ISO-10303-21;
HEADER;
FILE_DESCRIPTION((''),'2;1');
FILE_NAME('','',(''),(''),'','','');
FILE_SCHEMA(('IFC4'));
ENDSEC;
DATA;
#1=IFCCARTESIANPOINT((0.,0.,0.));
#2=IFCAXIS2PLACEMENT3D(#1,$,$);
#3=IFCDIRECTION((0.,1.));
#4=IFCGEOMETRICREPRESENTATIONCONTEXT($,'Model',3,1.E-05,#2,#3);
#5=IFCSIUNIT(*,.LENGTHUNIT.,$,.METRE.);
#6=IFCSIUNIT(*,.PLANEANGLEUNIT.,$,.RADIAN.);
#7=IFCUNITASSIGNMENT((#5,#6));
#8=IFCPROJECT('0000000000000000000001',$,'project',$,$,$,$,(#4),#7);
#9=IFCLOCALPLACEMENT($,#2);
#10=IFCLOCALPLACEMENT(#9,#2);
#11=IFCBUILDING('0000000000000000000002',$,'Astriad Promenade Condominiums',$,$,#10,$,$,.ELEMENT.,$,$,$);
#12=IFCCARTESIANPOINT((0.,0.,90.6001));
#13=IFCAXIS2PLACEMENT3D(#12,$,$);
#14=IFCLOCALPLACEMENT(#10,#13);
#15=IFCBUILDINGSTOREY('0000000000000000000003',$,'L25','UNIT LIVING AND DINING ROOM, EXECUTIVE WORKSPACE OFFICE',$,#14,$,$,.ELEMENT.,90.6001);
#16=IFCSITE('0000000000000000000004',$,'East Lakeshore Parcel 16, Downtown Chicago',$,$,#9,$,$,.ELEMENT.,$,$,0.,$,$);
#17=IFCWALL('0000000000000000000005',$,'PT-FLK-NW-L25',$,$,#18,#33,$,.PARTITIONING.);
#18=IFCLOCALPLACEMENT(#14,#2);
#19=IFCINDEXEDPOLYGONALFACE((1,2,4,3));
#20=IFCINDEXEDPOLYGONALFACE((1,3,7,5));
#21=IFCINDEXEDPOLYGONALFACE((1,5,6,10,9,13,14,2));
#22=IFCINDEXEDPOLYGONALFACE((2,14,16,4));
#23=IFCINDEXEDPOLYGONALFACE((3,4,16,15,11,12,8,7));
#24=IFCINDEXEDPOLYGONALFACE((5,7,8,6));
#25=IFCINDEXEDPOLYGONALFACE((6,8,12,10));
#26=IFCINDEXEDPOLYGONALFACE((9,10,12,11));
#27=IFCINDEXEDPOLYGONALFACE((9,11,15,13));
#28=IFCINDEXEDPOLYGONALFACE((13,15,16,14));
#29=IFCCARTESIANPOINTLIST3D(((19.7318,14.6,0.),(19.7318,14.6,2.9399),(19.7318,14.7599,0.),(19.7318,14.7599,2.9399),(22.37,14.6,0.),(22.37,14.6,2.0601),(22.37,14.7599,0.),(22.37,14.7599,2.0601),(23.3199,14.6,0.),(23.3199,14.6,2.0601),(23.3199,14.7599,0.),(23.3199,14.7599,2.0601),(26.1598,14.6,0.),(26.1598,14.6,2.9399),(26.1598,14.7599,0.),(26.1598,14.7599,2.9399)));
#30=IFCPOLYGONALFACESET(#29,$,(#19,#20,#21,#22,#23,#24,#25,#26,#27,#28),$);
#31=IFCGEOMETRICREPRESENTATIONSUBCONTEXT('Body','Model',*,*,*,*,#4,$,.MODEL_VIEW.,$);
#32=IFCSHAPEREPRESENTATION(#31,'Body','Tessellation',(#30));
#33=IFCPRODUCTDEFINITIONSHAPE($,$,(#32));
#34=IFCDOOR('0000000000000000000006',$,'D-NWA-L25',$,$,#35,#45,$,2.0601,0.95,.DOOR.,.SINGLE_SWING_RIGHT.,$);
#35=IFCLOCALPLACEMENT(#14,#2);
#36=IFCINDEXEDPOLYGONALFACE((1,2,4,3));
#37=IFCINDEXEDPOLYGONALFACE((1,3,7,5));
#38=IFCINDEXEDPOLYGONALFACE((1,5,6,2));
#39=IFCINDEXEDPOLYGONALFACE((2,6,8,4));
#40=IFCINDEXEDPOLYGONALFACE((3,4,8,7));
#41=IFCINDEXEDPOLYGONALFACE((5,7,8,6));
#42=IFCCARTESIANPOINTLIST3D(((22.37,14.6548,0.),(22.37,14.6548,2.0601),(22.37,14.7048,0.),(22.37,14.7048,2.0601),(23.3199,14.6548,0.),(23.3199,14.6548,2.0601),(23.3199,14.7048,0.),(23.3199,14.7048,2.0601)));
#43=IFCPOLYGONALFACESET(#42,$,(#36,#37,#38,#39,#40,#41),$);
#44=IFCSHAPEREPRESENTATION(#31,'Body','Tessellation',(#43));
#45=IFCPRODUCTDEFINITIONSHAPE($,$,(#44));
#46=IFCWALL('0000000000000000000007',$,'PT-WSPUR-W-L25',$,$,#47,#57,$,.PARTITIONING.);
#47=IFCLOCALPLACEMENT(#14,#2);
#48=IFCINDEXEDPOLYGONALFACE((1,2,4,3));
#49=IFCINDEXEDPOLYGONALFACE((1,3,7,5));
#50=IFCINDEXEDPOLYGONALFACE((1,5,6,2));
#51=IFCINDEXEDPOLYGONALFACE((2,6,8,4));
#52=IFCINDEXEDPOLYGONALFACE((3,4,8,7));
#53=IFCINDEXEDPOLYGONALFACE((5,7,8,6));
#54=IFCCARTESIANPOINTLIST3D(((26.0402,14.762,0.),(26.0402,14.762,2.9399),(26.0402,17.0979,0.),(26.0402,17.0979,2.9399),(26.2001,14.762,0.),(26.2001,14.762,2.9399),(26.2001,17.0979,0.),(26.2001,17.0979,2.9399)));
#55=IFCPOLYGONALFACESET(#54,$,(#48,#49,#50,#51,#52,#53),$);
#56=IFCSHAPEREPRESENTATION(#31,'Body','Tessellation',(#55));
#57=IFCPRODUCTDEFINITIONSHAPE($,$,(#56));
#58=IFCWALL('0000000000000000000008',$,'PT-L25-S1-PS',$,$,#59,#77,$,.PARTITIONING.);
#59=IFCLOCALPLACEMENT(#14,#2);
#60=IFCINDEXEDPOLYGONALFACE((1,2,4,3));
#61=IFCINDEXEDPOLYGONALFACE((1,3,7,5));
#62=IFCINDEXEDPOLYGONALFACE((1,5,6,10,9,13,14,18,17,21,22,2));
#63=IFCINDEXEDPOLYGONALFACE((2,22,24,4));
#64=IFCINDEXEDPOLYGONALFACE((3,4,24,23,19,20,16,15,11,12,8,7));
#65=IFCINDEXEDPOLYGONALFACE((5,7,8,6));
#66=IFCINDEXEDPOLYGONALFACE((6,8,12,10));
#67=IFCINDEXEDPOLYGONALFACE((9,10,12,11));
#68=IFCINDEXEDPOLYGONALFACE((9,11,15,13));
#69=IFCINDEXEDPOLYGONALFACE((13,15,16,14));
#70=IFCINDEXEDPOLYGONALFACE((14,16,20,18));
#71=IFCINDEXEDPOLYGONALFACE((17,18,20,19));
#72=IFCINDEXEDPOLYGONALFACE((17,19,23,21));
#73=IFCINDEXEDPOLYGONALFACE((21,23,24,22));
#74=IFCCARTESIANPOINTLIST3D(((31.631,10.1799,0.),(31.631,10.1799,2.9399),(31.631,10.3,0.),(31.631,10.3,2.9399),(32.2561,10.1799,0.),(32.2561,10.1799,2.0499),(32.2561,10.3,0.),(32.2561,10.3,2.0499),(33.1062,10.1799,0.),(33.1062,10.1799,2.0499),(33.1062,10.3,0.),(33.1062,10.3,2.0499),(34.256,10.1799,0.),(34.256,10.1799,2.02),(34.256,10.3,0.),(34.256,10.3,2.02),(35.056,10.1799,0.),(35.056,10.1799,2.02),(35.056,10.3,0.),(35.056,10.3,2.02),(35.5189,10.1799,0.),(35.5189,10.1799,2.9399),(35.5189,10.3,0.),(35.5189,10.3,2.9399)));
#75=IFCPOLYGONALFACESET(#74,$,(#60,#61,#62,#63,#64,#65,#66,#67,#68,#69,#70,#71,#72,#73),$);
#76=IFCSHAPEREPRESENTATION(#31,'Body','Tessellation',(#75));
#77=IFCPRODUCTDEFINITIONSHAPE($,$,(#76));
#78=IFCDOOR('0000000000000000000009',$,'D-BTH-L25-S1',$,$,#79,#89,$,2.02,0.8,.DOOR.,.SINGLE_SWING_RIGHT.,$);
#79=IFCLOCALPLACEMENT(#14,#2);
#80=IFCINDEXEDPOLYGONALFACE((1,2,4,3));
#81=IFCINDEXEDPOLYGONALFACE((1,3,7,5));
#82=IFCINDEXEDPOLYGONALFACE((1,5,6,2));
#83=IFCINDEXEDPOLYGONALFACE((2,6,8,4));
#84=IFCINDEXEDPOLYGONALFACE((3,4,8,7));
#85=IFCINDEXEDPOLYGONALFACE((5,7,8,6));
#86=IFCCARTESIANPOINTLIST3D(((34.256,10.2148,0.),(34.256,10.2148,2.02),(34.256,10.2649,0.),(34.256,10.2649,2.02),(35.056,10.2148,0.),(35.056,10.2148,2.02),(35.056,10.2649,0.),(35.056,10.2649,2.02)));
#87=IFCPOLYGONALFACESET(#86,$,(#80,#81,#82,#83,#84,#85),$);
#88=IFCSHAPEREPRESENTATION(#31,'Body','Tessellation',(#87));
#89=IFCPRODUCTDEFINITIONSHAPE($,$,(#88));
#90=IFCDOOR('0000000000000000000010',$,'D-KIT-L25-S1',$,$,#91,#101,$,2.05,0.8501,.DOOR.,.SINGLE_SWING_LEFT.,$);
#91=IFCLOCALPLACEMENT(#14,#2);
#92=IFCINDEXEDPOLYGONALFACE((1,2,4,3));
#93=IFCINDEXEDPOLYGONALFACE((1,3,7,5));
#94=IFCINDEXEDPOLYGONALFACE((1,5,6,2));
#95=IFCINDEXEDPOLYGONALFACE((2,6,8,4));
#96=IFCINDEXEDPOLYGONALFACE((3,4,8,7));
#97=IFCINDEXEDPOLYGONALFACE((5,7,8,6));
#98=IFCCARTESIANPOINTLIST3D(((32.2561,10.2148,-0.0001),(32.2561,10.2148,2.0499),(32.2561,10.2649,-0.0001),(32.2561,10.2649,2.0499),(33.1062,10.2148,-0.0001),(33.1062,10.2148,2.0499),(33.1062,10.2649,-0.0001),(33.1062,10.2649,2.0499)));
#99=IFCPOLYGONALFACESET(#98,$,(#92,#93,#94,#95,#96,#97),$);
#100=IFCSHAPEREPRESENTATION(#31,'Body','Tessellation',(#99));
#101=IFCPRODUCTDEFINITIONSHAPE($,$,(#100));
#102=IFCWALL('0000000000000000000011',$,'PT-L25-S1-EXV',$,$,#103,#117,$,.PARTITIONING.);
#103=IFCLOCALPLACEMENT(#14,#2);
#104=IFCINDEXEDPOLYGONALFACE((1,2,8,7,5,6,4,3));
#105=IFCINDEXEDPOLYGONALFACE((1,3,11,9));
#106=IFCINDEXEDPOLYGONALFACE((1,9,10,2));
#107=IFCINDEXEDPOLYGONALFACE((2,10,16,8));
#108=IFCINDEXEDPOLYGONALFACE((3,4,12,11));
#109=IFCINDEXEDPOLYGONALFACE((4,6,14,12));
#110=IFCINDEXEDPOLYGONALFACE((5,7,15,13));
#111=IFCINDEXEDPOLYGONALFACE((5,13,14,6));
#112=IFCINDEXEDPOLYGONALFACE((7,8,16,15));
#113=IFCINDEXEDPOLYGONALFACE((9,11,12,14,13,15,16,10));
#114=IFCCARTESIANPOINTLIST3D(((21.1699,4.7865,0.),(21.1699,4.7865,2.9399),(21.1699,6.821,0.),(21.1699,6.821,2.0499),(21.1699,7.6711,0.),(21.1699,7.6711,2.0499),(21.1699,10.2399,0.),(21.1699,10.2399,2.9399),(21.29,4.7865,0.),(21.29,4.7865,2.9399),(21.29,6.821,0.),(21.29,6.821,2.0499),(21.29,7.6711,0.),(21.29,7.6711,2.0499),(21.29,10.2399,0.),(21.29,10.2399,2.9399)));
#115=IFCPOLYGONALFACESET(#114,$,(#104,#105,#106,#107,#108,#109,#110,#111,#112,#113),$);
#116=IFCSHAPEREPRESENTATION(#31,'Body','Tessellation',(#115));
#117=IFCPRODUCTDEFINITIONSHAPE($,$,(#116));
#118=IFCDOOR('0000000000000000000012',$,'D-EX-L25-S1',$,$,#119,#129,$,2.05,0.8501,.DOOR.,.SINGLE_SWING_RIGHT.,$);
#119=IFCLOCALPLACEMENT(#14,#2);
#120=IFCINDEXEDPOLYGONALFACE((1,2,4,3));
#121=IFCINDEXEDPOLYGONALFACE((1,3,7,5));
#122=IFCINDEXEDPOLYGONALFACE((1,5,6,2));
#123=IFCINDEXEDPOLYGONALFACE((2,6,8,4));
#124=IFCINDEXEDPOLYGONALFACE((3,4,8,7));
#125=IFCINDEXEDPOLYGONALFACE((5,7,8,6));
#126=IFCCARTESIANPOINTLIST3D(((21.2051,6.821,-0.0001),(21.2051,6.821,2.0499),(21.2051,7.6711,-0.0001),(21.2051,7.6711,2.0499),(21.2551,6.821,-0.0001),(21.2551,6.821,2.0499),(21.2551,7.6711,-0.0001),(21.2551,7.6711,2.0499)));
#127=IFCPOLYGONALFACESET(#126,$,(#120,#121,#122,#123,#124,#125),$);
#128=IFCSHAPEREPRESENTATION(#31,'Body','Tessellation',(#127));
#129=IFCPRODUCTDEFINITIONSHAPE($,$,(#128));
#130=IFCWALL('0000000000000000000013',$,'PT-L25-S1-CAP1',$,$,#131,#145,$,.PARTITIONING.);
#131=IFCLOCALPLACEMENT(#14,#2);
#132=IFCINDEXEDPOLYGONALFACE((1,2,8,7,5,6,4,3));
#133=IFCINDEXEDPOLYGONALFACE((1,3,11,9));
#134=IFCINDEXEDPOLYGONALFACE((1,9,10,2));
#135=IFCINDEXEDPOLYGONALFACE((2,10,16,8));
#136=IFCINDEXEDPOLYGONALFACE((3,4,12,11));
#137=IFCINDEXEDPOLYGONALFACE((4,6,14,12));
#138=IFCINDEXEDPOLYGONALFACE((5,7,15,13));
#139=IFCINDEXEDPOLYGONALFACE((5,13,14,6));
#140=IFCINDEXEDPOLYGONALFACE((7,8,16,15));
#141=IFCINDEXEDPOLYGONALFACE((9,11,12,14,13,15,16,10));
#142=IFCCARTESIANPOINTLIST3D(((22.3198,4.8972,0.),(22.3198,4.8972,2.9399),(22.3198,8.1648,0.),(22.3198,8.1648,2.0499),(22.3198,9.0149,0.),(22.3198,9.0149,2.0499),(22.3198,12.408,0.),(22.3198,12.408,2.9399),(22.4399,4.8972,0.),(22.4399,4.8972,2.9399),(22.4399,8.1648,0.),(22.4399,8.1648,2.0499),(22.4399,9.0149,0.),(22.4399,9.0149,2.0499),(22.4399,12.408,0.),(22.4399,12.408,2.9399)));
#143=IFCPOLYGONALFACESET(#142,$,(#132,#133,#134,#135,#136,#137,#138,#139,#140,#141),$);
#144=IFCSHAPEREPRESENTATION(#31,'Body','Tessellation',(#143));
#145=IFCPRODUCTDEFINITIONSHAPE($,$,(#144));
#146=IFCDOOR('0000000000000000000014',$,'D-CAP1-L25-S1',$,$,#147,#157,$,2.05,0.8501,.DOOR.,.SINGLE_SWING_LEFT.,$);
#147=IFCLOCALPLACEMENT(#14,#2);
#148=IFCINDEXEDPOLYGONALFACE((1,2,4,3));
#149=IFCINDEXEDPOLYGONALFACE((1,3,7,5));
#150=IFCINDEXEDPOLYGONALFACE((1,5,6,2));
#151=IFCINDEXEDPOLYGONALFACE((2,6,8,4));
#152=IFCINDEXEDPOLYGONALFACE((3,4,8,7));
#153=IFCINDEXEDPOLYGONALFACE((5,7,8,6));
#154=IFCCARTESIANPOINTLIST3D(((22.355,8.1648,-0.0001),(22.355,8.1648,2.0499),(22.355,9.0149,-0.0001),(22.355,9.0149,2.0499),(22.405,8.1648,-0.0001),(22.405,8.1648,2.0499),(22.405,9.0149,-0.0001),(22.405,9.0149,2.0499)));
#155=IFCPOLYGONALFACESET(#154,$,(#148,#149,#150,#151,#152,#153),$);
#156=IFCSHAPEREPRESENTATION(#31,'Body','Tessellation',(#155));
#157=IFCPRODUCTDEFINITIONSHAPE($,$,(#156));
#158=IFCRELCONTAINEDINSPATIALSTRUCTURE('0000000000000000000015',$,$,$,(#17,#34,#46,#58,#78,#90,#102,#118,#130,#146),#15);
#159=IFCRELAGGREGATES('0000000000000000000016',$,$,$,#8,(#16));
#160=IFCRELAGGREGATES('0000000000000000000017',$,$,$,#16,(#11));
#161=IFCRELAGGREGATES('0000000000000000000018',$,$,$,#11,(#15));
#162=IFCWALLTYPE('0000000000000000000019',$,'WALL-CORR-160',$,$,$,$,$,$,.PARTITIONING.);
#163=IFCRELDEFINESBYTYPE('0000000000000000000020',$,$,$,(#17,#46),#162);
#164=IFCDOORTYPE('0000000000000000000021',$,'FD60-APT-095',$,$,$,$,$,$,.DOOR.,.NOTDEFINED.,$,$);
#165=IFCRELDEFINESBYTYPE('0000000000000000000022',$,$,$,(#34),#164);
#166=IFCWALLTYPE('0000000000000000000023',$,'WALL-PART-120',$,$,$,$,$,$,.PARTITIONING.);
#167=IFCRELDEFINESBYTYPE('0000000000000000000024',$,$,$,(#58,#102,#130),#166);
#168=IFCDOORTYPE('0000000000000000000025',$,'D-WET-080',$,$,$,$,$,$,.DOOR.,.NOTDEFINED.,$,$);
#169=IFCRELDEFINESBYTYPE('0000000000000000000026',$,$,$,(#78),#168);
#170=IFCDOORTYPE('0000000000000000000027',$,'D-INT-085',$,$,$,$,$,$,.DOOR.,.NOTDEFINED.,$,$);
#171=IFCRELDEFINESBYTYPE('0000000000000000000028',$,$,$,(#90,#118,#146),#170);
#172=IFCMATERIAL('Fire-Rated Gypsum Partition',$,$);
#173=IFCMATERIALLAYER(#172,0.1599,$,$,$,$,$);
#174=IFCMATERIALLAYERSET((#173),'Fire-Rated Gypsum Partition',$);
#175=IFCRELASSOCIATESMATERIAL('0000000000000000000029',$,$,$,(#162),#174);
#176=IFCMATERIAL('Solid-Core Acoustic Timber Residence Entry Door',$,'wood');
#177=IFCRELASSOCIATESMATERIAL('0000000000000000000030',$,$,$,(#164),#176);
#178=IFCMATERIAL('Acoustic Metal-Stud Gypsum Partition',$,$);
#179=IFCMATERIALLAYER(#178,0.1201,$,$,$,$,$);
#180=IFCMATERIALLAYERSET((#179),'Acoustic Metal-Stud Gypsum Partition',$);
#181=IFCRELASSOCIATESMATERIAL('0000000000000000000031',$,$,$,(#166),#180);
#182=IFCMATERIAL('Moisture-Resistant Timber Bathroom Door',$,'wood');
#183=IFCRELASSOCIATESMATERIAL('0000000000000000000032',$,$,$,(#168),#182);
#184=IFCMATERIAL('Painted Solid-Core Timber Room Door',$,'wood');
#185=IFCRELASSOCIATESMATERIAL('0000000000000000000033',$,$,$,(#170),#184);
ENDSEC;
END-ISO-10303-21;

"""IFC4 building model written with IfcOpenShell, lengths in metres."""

from ifc_helpers import new_model, si_unit, direction, frame, frame_2d, origin, place, context, subcontext, project, spatial, rectangle, extrude, source, transform, mapped, material, layer, layer_set, type_object, type_shapes, element, fill, save


model = new_model("IFC4")

# Units and contexts
model_context = context("Model", 3, precision=1e-05, world=origin(), true_north=direction((0.0, 1.0)))
body_context = subcontext(model_context, "Body", "Model", "MODEL_VIEW")
ifc_project = project(units=[si_unit("LENGTHUNIT", "METRE"), si_unit("PLANEANGLEUNIT", "RADIAN")], contexts=[model_context])

# Site, building, storey
site_placement = place(None, origin())
site = spatial("IfcSite", under=ifc_project, at=site_placement, Name="East Lakeshore Parcel 16, Downtown Chicago", CompositionType="ELEMENT", RefElevation=0.0)
building_placement = place(site_placement, origin())
building = spatial("IfcBuilding", under=site, at=building_placement, Name="Astriad Promenade Condominiums", CompositionType="ELEMENT")
storey_placement = place(building_placement, frame((0.0, 0.0, 90.6001)))
storey = spatial("IfcBuildingStorey", under=building, at=storey_placement, Name="L25", Description="UNIT LIVING AND DINING ROOM, EXECUTIVE WORKSPACE OFFICE", CompositionType="ELEMENT", Elevation=90.6001)

# Wall, opening, door
ifc_material_1 = material(Name="Fire-Rated Gypsum Partition")
ifc_layer_1 = layer(ifc_material_1, 0.1599)
ifc_layer_set_1 = layer_set([ifc_layer_1], Name="Fire-Rated Gypsum Partition")
wall_type_1 = type_object("IfcWallType", Name="WALL-CORR-160", PredefinedType="PARTITIONING", material=ifc_layer_set_1)
wall_1_placement = place(storey_placement, frame((19.7319, 14.6799, 0.0), z_axis=(0.0, 0.0, 1.0), x_axis=(1.0, 0.0, 0.0)))
wall_1 = element("IfcWall", 1, at=wall_1_placement, inside=storey, type_object=wall_type_1, Name="PT-FLK-NW-L25", PredefinedType="PARTITIONING", context=body_context, shape_type="SweptSolid", body=[
    extrude(rectangle(XDim=6.428, YDim=0.1599, at=frame_2d((3.2139, 0.0))), origin(), (0.0, 0.0, 1.0), 2.9399),
])
opening_1_placement = place(wall_1_placement, frame((2.6379, 0.0, 0.0)))
opening_1 = element("IfcOpeningElement", 2, at=opening_1_placement, cuts=wall_1, PredefinedType="OPENING", context=body_context, shape_type="SweptSolid", body=[
    extrude(rectangle(XDim=0.95, YDim=2.0601, at=frame_2d((0.4751, 1.03))), frame((0.0, 0.0898, 0.0), z_axis=(0.0, -1.0, 0.0), x_axis=(1.0, 0.0, 0.0)), (0.0, 0.0, 1.0), 0.1799),
])
ifc_material_2 = material(Name="Solid-Core Acoustic Timber Residence Entry Door", Category="wood")
door_type_1 = type_object("IfcDoorType", Name="FD60-APT-095", OperationType="NOTDEFINED", PredefinedType="DOOR", material=ifc_material_2)
shared_shape_1 = source(origin(), body_context, "Body", "SweptSolid", [
    extrude(rectangle(XDim=0.95, YDim=2.0601, at=frame_2d((0.4751, 1.03))), frame((0.0, 0.0249, 0.0), z_axis=(0.0, -1.0, 0.0), x_axis=(1.0, 0.0, 0.0)), (0.0, 0.0, 1.0), 0.05),
])
type_shapes(door_type_1, [shared_shape_1])
door_1_placement = place(opening_1_placement, origin())
door_1 = element("IfcDoor", 3, at=door_1_placement, inside=storey, type_object=door_type_1, Name="D-NWA-L25", OperationType="SINGLE_SWING_RIGHT", OverallHeight=2.0601, OverallWidth=0.95, PredefinedType="DOOR", context=body_context, shape_type="MappedRepresentation", body=[
    mapped(shared_shape_1, transform((0.0, 0.0, 0.0), scale=1.0)),
])
fill(opening_1, door_1)

# Wall
wall_2_placement = place(storey_placement, frame((26.1201, 14.762, 0.0), z_axis=(0.0, 0.0, 1.0), x_axis=(0.0, 1.0, 0.0)))
element("IfcWall", 4, at=wall_2_placement, inside=storey, type_object=wall_type_1, Name="PT-WSPUR-W-L25", PredefinedType="PARTITIONING", context=body_context, shape_type="SweptSolid", body=[
    extrude(rectangle(XDim=2.3359, YDim=0.1599, at=frame_2d((1.168, 0.0))), origin(), (0.0, 0.0, 1.0), 2.9399),
])

# Wall, openings, doors
ifc_material_3 = material(Name="Acoustic Metal-Stud Gypsum Partition")
ifc_layer_2 = layer(ifc_material_3, 0.1201)
ifc_layer_set_2 = layer_set([ifc_layer_2], Name="Acoustic Metal-Stud Gypsum Partition")
wall_type_2 = type_object("IfcWallType", Name="WALL-PART-120", PredefinedType="PARTITIONING", material=ifc_layer_set_2)
wall_3_placement = place(storey_placement, frame((31.6311, 10.24, 0.0), z_axis=(0.0, 0.0, 1.0), x_axis=(1.0, 0.0, 0.0)))
wall_3 = element("IfcWall", 5, at=wall_3_placement, inside=storey, type_object=wall_type_2, Name="PT-L25-S1-PS", PredefinedType="PARTITIONING", context=body_context, shape_type="SweptSolid", body=[
    extrude(rectangle(XDim=3.8879, YDim=0.1201, at=frame_2d((1.9438, 0.0))), origin(), (0.0, 0.0, 1.0), 2.9399),
])
opening_2_placement = place(wall_3_placement, frame((0.625, 0.0, 0.0)))
opening_2 = element("IfcOpeningElement", 6, at=opening_2_placement, cuts=wall_3, PredefinedType="OPENING", context=body_context, shape_type="SweptSolid", body=[
    extrude(rectangle(XDim=0.8501, YDim=2.05, at=frame_2d((0.425, 1.0249))), frame((0.0, 0.0701, 0.0), z_axis=(0.0, -1.0, 0.0), x_axis=(1.0, 0.0, 0.0)), (0.0, 0.0, 1.0), 0.1401),
])
opening_3_placement = place(wall_3_placement, frame((2.625, 0.0, 0.0)))
opening_3 = element("IfcOpeningElement", 7, at=opening_3_placement, cuts=wall_3, PredefinedType="OPENING", context=body_context, shape_type="SweptSolid", body=[
    extrude(rectangle(XDim=0.8, YDim=2.02, at=frame_2d((0.3999, 1.01))), frame((0.0, 0.0701, 0.0), z_axis=(0.0, -1.0, 0.0), x_axis=(1.0, 0.0, 0.0)), (0.0, 0.0, 1.0), 0.1401),
])
ifc_material_4 = material(Name="Moisture-Resistant Timber Bathroom Door", Category="wood")
door_type_2 = type_object("IfcDoorType", Name="D-WET-080", OperationType="NOTDEFINED", PredefinedType="DOOR", material=ifc_material_4)
shared_shape_2 = source(origin(), body_context, "Body", "SweptSolid", [
    extrude(rectangle(XDim=0.8, YDim=2.02, at=frame_2d((0.3999, 1.01))), frame((0.0, 0.0249, 0.0), z_axis=(0.0, -1.0, 0.0), x_axis=(1.0, 0.0, 0.0)), (0.0, 0.0, 1.0), 0.05),
])
type_shapes(door_type_2, [shared_shape_2])
door_2_placement = place(opening_3_placement, origin())
door_2 = element("IfcDoor", 8, at=door_2_placement, inside=storey, type_object=door_type_2, Name="D-BTH-L25-S1", OperationType="SINGLE_SWING_RIGHT", OverallHeight=2.02, OverallWidth=0.8, PredefinedType="DOOR", context=body_context, shape_type="MappedRepresentation", body=[
    mapped(shared_shape_2, transform((0.0, 0.0, 0.0), scale=1.0)),
])
fill(opening_3, door_2)
ifc_material_5 = material(Name="Painted Solid-Core Timber Room Door", Category="wood")
door_type_3 = type_object("IfcDoorType", Name="D-INT-085", OperationType="NOTDEFINED", PredefinedType="DOOR", material=ifc_material_5)
shared_shape_3 = source(origin(), body_context, "Body", "SweptSolid", [
    extrude(rectangle(XDim=0.8501, YDim=2.05, at=frame_2d((0.425, 1.0249))), frame((0.0, 0.0249, 0.0), z_axis=(0.0, -1.0, 0.0), x_axis=(1.0, 0.0, 0.0)), (0.0, 0.0, 1.0), 0.05),
])
type_shapes(door_type_3, [shared_shape_3])
door_3_placement = place(opening_2_placement, origin())
door_3 = element("IfcDoor", 9, at=door_3_placement, inside=storey, type_object=door_type_3, Name="D-KIT-L25-S1", OperationType="SINGLE_SWING_LEFT", OverallHeight=2.05, OverallWidth=0.8501, PredefinedType="DOOR", context=body_context, shape_type="MappedRepresentation", body=[
    mapped(shared_shape_3, transform((0.0, 0.0, 0.0), scale=1.0)),
])
fill(opening_2, door_3)

# Walls, openings, doors
wall_4_placement = place(storey_placement, frame((21.23, 4.7866, 0.0), z_axis=(0.0, 0.0, 1.0), x_axis=(0.0, 1.0, 0.0)))
wall_4 = element("IfcWall", 10, at=wall_4_placement, inside=storey, type_object=wall_type_2, Name="PT-L25-S1-EXV", PredefinedType="PARTITIONING", context=body_context, shape_type="SweptSolid", body=[
    extrude(rectangle(XDim=5.4534, YDim=0.1201, at=frame_2d((2.7266, 0.0))), origin(), (0.0, 0.0, 1.0), 2.9399),
])
opening_4_placement = place(wall_4_placement, frame((2.0344, 0.0, 0.0)))
opening_4 = element("IfcOpeningElement", 11, at=opening_4_placement, cuts=wall_4, PredefinedType="OPENING", context=body_context, shape_type="SweptSolid", body=[
    extrude(rectangle(XDim=0.8501, YDim=2.05, at=frame_2d((0.425, 1.0249))), frame((0.0, 0.0701, 0.0), z_axis=(0.0, -1.0, 0.0), x_axis=(1.0, 0.0, 0.0)), (0.0, 0.0, 1.0), 0.1401),
])
door_4_placement = place(opening_4_placement, origin())
door_4 = element("IfcDoor", 12, at=door_4_placement, inside=storey, type_object=door_type_3, Name="D-EX-L25-S1", OperationType="SINGLE_SWING_RIGHT", OverallHeight=2.05, OverallWidth=0.8501, PredefinedType="DOOR", context=body_context, shape_type="MappedRepresentation", body=[
    mapped(shared_shape_3, transform((0.0, 0.0, 0.0), scale=1.0)),
])
fill(opening_4, door_4)
wall_5_placement = place(storey_placement, frame((22.3799, 4.8972, 0.0), z_axis=(0.0, 0.0, 1.0), x_axis=(0.0, 1.0, 0.0)))
wall_5 = element("IfcWall", 13, at=wall_5_placement, inside=storey, type_object=wall_type_2, Name="PT-L25-S1-CAP1", PredefinedType="PARTITIONING", context=body_context, shape_type="SweptSolid", body=[
    extrude(rectangle(XDim=7.5107, YDim=0.1201, at=frame_2d((3.7554, 0.0))), origin(), (0.0, 0.0, 1.0), 2.9399),
])
opening_5_placement = place(wall_5_placement, frame((3.2676, 0.0, 0.0)))
opening_5 = element("IfcOpeningElement", 14, at=opening_5_placement, cuts=wall_5, PredefinedType="OPENING", context=body_context, shape_type="SweptSolid", body=[
    extrude(rectangle(XDim=0.8501, YDim=2.05, at=frame_2d((0.425, 1.0249))), frame((0.0, 0.0701, 0.0), z_axis=(0.0, -1.0, 0.0), x_axis=(1.0, 0.0, 0.0)), (0.0, 0.0, 1.0), 0.1401),
])
door_5_placement = place(opening_5_placement, origin())
door_5 = element("IfcDoor", 15, at=door_5_placement, inside=storey, type_object=door_type_3, Name="D-CAP1-L25-S1", OperationType="SINGLE_SWING_LEFT", OverallHeight=2.05, OverallWidth=0.8501, PredefinedType="DOOR", context=body_context, shape_type="MappedRepresentation", body=[
    mapped(shared_shape_3, transform((0.0, 0.0, 0.0), scale=1.0)),
])
fill(opening_5, door_5)

save(model, "model.ifc")
